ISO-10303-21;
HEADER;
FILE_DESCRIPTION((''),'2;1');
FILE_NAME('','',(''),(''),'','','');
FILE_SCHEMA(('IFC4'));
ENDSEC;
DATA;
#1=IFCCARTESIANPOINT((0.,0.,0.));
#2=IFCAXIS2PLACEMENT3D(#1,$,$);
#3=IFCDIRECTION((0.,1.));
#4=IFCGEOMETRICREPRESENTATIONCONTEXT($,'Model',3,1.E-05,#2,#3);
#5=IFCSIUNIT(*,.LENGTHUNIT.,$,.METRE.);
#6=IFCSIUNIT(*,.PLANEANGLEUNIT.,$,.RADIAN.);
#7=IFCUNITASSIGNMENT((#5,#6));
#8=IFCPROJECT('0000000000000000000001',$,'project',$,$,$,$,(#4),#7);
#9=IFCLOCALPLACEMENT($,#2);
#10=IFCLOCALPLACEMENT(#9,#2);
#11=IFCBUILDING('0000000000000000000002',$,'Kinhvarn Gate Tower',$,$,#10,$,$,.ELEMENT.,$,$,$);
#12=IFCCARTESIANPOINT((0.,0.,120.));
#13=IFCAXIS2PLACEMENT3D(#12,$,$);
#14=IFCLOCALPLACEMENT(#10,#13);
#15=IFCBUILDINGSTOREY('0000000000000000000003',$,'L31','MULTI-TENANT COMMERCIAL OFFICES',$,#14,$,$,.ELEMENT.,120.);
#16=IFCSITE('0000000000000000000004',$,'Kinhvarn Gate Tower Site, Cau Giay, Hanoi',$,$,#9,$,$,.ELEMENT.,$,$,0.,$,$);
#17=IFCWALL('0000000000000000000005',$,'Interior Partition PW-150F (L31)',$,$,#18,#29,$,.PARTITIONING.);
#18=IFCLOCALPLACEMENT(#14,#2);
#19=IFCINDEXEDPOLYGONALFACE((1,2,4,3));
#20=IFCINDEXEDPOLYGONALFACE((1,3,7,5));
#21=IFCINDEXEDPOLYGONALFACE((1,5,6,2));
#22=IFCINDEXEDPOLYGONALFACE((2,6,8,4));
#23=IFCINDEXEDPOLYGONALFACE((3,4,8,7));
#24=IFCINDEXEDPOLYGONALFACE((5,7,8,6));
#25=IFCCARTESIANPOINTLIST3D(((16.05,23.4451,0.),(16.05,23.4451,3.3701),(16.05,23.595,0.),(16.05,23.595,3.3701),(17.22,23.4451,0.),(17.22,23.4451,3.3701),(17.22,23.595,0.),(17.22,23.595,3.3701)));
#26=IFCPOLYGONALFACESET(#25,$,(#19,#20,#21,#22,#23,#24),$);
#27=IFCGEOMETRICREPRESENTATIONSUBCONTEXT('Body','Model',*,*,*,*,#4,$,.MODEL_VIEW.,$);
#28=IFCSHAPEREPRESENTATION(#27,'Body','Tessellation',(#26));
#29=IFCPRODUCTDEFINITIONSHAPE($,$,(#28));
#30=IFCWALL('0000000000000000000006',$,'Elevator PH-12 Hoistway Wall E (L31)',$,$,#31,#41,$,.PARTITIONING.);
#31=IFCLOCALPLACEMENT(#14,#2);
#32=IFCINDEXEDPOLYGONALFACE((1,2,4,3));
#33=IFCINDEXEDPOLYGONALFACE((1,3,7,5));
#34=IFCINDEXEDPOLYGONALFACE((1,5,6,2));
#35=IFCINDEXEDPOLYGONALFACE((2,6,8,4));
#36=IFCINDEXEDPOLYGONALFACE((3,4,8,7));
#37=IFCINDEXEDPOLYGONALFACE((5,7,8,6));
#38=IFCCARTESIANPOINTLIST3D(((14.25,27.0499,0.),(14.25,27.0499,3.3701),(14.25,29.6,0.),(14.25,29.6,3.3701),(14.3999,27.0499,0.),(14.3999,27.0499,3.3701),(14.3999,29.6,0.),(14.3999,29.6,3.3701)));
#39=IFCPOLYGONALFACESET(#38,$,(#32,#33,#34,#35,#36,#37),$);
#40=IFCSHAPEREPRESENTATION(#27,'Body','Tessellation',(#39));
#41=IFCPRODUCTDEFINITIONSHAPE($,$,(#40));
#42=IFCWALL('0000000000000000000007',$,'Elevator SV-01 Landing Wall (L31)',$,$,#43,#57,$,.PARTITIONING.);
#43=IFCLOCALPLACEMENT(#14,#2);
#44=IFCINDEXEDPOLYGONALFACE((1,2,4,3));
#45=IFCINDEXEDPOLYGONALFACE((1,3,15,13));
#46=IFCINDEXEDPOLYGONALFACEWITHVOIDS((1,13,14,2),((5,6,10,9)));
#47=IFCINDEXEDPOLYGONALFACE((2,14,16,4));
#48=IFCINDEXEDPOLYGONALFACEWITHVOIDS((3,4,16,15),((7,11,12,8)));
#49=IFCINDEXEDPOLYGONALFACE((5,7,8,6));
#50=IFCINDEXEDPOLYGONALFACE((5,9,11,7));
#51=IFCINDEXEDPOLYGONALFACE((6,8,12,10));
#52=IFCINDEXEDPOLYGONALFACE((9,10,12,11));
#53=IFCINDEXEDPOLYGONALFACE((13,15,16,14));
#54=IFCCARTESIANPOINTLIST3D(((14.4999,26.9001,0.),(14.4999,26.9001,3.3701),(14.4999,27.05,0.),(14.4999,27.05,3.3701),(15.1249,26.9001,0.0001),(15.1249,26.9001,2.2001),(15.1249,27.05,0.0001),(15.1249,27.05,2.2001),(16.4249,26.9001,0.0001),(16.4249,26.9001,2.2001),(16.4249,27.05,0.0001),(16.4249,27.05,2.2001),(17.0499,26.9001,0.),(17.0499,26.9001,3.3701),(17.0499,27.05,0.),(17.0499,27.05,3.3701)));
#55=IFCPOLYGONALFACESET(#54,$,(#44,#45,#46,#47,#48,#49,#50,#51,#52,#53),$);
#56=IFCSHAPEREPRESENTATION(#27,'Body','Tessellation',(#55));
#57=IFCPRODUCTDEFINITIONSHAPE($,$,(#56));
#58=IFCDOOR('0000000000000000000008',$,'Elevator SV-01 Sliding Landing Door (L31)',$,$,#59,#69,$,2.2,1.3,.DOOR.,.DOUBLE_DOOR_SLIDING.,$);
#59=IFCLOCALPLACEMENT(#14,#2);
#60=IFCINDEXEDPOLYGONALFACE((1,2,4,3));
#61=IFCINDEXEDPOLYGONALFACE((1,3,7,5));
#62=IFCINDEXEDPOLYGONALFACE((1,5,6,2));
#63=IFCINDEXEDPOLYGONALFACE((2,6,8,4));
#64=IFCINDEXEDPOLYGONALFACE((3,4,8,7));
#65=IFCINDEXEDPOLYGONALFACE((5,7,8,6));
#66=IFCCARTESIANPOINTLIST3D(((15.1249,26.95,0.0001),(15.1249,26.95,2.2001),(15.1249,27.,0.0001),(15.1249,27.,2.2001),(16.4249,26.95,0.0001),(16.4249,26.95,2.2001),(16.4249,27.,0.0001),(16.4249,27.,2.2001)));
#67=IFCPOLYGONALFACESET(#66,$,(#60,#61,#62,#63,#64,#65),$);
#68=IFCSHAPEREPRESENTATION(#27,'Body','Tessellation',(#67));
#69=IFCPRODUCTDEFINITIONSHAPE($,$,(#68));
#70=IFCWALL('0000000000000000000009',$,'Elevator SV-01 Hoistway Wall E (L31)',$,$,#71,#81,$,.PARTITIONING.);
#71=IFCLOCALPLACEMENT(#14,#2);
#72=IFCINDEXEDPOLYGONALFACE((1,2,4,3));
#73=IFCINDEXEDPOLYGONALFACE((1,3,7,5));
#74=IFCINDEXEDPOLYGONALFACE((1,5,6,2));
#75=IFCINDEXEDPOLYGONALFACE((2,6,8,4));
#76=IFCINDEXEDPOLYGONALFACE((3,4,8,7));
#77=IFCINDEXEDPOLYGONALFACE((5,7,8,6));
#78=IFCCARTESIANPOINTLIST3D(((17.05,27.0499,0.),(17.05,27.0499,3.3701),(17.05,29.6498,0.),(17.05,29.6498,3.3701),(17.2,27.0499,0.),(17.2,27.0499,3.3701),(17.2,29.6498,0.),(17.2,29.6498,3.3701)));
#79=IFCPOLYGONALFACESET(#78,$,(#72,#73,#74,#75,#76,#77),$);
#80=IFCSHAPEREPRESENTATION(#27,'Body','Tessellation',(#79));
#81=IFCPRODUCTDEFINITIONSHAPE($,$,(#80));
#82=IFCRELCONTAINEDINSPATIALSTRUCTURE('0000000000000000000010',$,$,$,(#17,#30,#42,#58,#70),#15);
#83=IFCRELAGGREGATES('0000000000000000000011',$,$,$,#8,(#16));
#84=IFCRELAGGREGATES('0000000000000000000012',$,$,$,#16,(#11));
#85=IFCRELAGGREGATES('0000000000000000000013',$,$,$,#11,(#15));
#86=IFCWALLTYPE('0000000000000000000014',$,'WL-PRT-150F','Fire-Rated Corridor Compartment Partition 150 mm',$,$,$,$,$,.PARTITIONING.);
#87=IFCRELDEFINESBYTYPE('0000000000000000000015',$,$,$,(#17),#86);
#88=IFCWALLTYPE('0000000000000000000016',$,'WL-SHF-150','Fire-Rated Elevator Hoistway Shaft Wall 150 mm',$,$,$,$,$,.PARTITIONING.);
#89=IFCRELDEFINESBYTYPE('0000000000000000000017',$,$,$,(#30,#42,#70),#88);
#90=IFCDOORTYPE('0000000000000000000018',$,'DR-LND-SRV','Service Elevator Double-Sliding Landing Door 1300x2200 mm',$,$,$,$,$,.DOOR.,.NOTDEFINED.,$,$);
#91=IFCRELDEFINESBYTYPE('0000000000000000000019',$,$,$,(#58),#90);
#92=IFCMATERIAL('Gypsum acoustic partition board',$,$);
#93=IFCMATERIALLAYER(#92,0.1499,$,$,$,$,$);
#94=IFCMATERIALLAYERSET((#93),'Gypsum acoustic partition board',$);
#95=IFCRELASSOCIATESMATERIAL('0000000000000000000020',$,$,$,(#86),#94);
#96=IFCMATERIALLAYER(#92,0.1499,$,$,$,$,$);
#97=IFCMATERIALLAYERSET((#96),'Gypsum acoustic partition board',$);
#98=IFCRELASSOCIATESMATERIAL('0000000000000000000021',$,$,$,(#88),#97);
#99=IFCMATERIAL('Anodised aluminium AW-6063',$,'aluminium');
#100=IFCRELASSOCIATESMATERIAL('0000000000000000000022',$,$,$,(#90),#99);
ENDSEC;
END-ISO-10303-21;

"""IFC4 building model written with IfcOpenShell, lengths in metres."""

from ifc_helpers import new_model, si_unit, direction, frame, frame_2d, origin, place, context, subcontext, project, spatial, rectangle, extrude, material, layer, layer_set, type_object, element, fill, save


model = new_model("IFC4")

# Units and contexts
model_context = context("Model", 3, precision=1e-05, world=origin(), true_north=direction((0.0, 1.0)))
body_context = subcontext(model_context, "Body", "Model", "MODEL_VIEW")
ifc_project = project(units=[si_unit("LENGTHUNIT", "METRE"), si_unit("PLANEANGLEUNIT", "RADIAN")], contexts=[model_context])

# Site, building, storey
site_placement = place(None, origin())
site = spatial("IfcSite", under=ifc_project, at=site_placement, Name="Kinhvarn Gate Tower Site, Cau Giay, Hanoi", CompositionType="ELEMENT", RefElevation=0.0)
building_placement = place(site_placement, origin())
building = spatial("IfcBuilding", under=site, at=building_placement, Name="Kinhvarn Gate Tower", CompositionType="ELEMENT")
storey_placement = place(building_placement, frame((0.0, 0.0, 120.0)))
storey = spatial("IfcBuildingStorey", under=building, at=storey_placement, Name="L31", Description="MULTI-TENANT COMMERCIAL OFFICES", CompositionType="ELEMENT", Elevation=120.0)

# Shared definitions
ifc_material_1 = material(Name="Anodised aluminium AW-6063", Category="aluminium")

# Shared definitions
ifc_material_2 = material(Name="Gypsum acoustic partition board")

# Shared definitions
ifc_layer_1 = layer(ifc_material_2, 0.1499)
ifc_layer_set_1 = layer_set([ifc_layer_1], Name="Gypsum acoustic partition board")
wall_type_1 = type_object("IfcWallType", Name="WL-PRT-150F", Description="Fire-Rated Corridor Compartment Partition 150 mm", PredefinedType="PARTITIONING", material=ifc_layer_set_1)

# Walls
wall_1_placement = place(storey_placement, frame((16.05, 23.52, 0.0), z_axis=(0.0, 0.0, 1.0), x_axis=(1.0, 0.0, 0.0)))
element("IfcWall", 1, at=wall_1_placement, inside=storey, type_object=wall_type_1, Name="Interior Partition PW-150F (L31)", PredefinedType="PARTITIONING", context=body_context, shape_type="SweptSolid", body=[
    extrude(rectangle(XDim=1.1699, YDim=0.1499, at=frame_2d((0.585, 0.0))), origin(), (0.0, 0.0, 1.0), 3.3701),
])
ifc_layer_2 = layer(ifc_material_2, 0.1499)
ifc_layer_set_2 = layer_set([ifc_layer_2], Name="Gypsum acoustic partition board")
wall_type_2 = type_object("IfcWallType", Name="WL-SHF-150", Description="Fire-Rated Elevator Hoistway Shaft Wall 150 mm", PredefinedType="PARTITIONING", material=ifc_layer_set_2)
wall_2_placement = place(storey_placement, frame((14.325, 27.05, 0.0), z_axis=(0.0, 0.0, 1.0), x_axis=(0.0, 1.0, 0.0)))
element("IfcWall", 2, at=wall_2_placement, inside=storey, type_object=wall_type_2, Name="Elevator PH-12 Hoistway Wall E (L31)", PredefinedType="PARTITIONING", context=body_context, shape_type="SweptSolid", body=[
    extrude(rectangle(XDim=2.55, YDim=0.1499, at=frame_2d((1.2749, 0.0))), origin(), (0.0, 0.0, 1.0), 3.3701),
])

# Wall, opening, door
wall_3_placement = place(storey_placement, frame((14.5, 26.9751, 0.0), z_axis=(0.0, 0.0, 1.0), x_axis=(1.0, 0.0, 0.0)))
wall_3 = element("IfcWall", 3, at=wall_3_placement, inside=storey, type_object=wall_type_2, Name="Elevator SV-01 Landing Wall (L31)", PredefinedType="PARTITIONING", context=body_context, shape_type="SweptSolid", body=[
    extrude(rectangle(XDim=2.55, YDim=0.1499, at=frame_2d((1.2749, 0.0))), origin(), (0.0, 0.0, 1.0), 3.3701),
])
opening_1_placement = place(wall_3_placement, frame((0.625, 0.0, 0.0)))
opening_1 = element("IfcOpeningElement", 4, at=opening_1_placement, cuts=wall_3, PredefinedType="OPENING", context=body_context, shape_type="SweptSolid", body=[
    extrude(rectangle(XDim=1.3, YDim=2.2, at=frame_2d((0.6499, 1.1001))), frame((0.0, 0.085, 0.0), z_axis=(0.0, -1.0, 0.0), x_axis=(1.0, 0.0, 0.0)), (0.0, 0.0, 1.0), 0.1699),
])
door_type_1 = type_object("IfcDoorType", Name="DR-LND-SRV", Description="Service Elevator Double-Sliding Landing Door 1300x2200 mm", OperationType="NOTDEFINED", PredefinedType="DOOR", material=ifc_material_1)
door_1_placement = place(opening_1_placement, origin())
door_1 = element("IfcDoor", 5, at=door_1_placement, inside=storey, type_object=door_type_1, Name="Elevator SV-01 Sliding Landing Door (L31)", OperationType="DOUBLE_DOOR_SLIDING", OverallHeight=2.2, OverallWidth=1.3, PredefinedType="DOOR", context=body_context, shape_type="SweptSolid", body=[
    extrude(rectangle(XDim=1.3, YDim=2.2, at=frame_2d((0.6499, 1.1001))), frame((0.0, 0.0249, 0.0), z_axis=(0.0, -1.0, 0.0), x_axis=(1.0, 0.0, 0.0)), (0.0, 0.0, 1.0), 0.05),
])
fill(opening_1, door_1)

# Wall
wall_4_placement = place(storey_placement, frame((17.125, 27.05, 0.0), z_axis=(0.0, 0.0, 1.0), x_axis=(0.0, 1.0, 0.0)))
element("IfcWall", 6, at=wall_4_placement, inside=storey, type_object=wall_type_2, Name="Elevator SV-01 Hoistway Wall E (L31)", PredefinedType="PARTITIONING", context=body_context, shape_type="SweptSolid", body=[
    extrude(rectangle(XDim=2.5999, YDim=0.1499, at=frame_2d((1.2998, 0.0))), origin(), (0.0, 0.0, 1.0), 3.3701),
])

save(model, "model.ifc")
